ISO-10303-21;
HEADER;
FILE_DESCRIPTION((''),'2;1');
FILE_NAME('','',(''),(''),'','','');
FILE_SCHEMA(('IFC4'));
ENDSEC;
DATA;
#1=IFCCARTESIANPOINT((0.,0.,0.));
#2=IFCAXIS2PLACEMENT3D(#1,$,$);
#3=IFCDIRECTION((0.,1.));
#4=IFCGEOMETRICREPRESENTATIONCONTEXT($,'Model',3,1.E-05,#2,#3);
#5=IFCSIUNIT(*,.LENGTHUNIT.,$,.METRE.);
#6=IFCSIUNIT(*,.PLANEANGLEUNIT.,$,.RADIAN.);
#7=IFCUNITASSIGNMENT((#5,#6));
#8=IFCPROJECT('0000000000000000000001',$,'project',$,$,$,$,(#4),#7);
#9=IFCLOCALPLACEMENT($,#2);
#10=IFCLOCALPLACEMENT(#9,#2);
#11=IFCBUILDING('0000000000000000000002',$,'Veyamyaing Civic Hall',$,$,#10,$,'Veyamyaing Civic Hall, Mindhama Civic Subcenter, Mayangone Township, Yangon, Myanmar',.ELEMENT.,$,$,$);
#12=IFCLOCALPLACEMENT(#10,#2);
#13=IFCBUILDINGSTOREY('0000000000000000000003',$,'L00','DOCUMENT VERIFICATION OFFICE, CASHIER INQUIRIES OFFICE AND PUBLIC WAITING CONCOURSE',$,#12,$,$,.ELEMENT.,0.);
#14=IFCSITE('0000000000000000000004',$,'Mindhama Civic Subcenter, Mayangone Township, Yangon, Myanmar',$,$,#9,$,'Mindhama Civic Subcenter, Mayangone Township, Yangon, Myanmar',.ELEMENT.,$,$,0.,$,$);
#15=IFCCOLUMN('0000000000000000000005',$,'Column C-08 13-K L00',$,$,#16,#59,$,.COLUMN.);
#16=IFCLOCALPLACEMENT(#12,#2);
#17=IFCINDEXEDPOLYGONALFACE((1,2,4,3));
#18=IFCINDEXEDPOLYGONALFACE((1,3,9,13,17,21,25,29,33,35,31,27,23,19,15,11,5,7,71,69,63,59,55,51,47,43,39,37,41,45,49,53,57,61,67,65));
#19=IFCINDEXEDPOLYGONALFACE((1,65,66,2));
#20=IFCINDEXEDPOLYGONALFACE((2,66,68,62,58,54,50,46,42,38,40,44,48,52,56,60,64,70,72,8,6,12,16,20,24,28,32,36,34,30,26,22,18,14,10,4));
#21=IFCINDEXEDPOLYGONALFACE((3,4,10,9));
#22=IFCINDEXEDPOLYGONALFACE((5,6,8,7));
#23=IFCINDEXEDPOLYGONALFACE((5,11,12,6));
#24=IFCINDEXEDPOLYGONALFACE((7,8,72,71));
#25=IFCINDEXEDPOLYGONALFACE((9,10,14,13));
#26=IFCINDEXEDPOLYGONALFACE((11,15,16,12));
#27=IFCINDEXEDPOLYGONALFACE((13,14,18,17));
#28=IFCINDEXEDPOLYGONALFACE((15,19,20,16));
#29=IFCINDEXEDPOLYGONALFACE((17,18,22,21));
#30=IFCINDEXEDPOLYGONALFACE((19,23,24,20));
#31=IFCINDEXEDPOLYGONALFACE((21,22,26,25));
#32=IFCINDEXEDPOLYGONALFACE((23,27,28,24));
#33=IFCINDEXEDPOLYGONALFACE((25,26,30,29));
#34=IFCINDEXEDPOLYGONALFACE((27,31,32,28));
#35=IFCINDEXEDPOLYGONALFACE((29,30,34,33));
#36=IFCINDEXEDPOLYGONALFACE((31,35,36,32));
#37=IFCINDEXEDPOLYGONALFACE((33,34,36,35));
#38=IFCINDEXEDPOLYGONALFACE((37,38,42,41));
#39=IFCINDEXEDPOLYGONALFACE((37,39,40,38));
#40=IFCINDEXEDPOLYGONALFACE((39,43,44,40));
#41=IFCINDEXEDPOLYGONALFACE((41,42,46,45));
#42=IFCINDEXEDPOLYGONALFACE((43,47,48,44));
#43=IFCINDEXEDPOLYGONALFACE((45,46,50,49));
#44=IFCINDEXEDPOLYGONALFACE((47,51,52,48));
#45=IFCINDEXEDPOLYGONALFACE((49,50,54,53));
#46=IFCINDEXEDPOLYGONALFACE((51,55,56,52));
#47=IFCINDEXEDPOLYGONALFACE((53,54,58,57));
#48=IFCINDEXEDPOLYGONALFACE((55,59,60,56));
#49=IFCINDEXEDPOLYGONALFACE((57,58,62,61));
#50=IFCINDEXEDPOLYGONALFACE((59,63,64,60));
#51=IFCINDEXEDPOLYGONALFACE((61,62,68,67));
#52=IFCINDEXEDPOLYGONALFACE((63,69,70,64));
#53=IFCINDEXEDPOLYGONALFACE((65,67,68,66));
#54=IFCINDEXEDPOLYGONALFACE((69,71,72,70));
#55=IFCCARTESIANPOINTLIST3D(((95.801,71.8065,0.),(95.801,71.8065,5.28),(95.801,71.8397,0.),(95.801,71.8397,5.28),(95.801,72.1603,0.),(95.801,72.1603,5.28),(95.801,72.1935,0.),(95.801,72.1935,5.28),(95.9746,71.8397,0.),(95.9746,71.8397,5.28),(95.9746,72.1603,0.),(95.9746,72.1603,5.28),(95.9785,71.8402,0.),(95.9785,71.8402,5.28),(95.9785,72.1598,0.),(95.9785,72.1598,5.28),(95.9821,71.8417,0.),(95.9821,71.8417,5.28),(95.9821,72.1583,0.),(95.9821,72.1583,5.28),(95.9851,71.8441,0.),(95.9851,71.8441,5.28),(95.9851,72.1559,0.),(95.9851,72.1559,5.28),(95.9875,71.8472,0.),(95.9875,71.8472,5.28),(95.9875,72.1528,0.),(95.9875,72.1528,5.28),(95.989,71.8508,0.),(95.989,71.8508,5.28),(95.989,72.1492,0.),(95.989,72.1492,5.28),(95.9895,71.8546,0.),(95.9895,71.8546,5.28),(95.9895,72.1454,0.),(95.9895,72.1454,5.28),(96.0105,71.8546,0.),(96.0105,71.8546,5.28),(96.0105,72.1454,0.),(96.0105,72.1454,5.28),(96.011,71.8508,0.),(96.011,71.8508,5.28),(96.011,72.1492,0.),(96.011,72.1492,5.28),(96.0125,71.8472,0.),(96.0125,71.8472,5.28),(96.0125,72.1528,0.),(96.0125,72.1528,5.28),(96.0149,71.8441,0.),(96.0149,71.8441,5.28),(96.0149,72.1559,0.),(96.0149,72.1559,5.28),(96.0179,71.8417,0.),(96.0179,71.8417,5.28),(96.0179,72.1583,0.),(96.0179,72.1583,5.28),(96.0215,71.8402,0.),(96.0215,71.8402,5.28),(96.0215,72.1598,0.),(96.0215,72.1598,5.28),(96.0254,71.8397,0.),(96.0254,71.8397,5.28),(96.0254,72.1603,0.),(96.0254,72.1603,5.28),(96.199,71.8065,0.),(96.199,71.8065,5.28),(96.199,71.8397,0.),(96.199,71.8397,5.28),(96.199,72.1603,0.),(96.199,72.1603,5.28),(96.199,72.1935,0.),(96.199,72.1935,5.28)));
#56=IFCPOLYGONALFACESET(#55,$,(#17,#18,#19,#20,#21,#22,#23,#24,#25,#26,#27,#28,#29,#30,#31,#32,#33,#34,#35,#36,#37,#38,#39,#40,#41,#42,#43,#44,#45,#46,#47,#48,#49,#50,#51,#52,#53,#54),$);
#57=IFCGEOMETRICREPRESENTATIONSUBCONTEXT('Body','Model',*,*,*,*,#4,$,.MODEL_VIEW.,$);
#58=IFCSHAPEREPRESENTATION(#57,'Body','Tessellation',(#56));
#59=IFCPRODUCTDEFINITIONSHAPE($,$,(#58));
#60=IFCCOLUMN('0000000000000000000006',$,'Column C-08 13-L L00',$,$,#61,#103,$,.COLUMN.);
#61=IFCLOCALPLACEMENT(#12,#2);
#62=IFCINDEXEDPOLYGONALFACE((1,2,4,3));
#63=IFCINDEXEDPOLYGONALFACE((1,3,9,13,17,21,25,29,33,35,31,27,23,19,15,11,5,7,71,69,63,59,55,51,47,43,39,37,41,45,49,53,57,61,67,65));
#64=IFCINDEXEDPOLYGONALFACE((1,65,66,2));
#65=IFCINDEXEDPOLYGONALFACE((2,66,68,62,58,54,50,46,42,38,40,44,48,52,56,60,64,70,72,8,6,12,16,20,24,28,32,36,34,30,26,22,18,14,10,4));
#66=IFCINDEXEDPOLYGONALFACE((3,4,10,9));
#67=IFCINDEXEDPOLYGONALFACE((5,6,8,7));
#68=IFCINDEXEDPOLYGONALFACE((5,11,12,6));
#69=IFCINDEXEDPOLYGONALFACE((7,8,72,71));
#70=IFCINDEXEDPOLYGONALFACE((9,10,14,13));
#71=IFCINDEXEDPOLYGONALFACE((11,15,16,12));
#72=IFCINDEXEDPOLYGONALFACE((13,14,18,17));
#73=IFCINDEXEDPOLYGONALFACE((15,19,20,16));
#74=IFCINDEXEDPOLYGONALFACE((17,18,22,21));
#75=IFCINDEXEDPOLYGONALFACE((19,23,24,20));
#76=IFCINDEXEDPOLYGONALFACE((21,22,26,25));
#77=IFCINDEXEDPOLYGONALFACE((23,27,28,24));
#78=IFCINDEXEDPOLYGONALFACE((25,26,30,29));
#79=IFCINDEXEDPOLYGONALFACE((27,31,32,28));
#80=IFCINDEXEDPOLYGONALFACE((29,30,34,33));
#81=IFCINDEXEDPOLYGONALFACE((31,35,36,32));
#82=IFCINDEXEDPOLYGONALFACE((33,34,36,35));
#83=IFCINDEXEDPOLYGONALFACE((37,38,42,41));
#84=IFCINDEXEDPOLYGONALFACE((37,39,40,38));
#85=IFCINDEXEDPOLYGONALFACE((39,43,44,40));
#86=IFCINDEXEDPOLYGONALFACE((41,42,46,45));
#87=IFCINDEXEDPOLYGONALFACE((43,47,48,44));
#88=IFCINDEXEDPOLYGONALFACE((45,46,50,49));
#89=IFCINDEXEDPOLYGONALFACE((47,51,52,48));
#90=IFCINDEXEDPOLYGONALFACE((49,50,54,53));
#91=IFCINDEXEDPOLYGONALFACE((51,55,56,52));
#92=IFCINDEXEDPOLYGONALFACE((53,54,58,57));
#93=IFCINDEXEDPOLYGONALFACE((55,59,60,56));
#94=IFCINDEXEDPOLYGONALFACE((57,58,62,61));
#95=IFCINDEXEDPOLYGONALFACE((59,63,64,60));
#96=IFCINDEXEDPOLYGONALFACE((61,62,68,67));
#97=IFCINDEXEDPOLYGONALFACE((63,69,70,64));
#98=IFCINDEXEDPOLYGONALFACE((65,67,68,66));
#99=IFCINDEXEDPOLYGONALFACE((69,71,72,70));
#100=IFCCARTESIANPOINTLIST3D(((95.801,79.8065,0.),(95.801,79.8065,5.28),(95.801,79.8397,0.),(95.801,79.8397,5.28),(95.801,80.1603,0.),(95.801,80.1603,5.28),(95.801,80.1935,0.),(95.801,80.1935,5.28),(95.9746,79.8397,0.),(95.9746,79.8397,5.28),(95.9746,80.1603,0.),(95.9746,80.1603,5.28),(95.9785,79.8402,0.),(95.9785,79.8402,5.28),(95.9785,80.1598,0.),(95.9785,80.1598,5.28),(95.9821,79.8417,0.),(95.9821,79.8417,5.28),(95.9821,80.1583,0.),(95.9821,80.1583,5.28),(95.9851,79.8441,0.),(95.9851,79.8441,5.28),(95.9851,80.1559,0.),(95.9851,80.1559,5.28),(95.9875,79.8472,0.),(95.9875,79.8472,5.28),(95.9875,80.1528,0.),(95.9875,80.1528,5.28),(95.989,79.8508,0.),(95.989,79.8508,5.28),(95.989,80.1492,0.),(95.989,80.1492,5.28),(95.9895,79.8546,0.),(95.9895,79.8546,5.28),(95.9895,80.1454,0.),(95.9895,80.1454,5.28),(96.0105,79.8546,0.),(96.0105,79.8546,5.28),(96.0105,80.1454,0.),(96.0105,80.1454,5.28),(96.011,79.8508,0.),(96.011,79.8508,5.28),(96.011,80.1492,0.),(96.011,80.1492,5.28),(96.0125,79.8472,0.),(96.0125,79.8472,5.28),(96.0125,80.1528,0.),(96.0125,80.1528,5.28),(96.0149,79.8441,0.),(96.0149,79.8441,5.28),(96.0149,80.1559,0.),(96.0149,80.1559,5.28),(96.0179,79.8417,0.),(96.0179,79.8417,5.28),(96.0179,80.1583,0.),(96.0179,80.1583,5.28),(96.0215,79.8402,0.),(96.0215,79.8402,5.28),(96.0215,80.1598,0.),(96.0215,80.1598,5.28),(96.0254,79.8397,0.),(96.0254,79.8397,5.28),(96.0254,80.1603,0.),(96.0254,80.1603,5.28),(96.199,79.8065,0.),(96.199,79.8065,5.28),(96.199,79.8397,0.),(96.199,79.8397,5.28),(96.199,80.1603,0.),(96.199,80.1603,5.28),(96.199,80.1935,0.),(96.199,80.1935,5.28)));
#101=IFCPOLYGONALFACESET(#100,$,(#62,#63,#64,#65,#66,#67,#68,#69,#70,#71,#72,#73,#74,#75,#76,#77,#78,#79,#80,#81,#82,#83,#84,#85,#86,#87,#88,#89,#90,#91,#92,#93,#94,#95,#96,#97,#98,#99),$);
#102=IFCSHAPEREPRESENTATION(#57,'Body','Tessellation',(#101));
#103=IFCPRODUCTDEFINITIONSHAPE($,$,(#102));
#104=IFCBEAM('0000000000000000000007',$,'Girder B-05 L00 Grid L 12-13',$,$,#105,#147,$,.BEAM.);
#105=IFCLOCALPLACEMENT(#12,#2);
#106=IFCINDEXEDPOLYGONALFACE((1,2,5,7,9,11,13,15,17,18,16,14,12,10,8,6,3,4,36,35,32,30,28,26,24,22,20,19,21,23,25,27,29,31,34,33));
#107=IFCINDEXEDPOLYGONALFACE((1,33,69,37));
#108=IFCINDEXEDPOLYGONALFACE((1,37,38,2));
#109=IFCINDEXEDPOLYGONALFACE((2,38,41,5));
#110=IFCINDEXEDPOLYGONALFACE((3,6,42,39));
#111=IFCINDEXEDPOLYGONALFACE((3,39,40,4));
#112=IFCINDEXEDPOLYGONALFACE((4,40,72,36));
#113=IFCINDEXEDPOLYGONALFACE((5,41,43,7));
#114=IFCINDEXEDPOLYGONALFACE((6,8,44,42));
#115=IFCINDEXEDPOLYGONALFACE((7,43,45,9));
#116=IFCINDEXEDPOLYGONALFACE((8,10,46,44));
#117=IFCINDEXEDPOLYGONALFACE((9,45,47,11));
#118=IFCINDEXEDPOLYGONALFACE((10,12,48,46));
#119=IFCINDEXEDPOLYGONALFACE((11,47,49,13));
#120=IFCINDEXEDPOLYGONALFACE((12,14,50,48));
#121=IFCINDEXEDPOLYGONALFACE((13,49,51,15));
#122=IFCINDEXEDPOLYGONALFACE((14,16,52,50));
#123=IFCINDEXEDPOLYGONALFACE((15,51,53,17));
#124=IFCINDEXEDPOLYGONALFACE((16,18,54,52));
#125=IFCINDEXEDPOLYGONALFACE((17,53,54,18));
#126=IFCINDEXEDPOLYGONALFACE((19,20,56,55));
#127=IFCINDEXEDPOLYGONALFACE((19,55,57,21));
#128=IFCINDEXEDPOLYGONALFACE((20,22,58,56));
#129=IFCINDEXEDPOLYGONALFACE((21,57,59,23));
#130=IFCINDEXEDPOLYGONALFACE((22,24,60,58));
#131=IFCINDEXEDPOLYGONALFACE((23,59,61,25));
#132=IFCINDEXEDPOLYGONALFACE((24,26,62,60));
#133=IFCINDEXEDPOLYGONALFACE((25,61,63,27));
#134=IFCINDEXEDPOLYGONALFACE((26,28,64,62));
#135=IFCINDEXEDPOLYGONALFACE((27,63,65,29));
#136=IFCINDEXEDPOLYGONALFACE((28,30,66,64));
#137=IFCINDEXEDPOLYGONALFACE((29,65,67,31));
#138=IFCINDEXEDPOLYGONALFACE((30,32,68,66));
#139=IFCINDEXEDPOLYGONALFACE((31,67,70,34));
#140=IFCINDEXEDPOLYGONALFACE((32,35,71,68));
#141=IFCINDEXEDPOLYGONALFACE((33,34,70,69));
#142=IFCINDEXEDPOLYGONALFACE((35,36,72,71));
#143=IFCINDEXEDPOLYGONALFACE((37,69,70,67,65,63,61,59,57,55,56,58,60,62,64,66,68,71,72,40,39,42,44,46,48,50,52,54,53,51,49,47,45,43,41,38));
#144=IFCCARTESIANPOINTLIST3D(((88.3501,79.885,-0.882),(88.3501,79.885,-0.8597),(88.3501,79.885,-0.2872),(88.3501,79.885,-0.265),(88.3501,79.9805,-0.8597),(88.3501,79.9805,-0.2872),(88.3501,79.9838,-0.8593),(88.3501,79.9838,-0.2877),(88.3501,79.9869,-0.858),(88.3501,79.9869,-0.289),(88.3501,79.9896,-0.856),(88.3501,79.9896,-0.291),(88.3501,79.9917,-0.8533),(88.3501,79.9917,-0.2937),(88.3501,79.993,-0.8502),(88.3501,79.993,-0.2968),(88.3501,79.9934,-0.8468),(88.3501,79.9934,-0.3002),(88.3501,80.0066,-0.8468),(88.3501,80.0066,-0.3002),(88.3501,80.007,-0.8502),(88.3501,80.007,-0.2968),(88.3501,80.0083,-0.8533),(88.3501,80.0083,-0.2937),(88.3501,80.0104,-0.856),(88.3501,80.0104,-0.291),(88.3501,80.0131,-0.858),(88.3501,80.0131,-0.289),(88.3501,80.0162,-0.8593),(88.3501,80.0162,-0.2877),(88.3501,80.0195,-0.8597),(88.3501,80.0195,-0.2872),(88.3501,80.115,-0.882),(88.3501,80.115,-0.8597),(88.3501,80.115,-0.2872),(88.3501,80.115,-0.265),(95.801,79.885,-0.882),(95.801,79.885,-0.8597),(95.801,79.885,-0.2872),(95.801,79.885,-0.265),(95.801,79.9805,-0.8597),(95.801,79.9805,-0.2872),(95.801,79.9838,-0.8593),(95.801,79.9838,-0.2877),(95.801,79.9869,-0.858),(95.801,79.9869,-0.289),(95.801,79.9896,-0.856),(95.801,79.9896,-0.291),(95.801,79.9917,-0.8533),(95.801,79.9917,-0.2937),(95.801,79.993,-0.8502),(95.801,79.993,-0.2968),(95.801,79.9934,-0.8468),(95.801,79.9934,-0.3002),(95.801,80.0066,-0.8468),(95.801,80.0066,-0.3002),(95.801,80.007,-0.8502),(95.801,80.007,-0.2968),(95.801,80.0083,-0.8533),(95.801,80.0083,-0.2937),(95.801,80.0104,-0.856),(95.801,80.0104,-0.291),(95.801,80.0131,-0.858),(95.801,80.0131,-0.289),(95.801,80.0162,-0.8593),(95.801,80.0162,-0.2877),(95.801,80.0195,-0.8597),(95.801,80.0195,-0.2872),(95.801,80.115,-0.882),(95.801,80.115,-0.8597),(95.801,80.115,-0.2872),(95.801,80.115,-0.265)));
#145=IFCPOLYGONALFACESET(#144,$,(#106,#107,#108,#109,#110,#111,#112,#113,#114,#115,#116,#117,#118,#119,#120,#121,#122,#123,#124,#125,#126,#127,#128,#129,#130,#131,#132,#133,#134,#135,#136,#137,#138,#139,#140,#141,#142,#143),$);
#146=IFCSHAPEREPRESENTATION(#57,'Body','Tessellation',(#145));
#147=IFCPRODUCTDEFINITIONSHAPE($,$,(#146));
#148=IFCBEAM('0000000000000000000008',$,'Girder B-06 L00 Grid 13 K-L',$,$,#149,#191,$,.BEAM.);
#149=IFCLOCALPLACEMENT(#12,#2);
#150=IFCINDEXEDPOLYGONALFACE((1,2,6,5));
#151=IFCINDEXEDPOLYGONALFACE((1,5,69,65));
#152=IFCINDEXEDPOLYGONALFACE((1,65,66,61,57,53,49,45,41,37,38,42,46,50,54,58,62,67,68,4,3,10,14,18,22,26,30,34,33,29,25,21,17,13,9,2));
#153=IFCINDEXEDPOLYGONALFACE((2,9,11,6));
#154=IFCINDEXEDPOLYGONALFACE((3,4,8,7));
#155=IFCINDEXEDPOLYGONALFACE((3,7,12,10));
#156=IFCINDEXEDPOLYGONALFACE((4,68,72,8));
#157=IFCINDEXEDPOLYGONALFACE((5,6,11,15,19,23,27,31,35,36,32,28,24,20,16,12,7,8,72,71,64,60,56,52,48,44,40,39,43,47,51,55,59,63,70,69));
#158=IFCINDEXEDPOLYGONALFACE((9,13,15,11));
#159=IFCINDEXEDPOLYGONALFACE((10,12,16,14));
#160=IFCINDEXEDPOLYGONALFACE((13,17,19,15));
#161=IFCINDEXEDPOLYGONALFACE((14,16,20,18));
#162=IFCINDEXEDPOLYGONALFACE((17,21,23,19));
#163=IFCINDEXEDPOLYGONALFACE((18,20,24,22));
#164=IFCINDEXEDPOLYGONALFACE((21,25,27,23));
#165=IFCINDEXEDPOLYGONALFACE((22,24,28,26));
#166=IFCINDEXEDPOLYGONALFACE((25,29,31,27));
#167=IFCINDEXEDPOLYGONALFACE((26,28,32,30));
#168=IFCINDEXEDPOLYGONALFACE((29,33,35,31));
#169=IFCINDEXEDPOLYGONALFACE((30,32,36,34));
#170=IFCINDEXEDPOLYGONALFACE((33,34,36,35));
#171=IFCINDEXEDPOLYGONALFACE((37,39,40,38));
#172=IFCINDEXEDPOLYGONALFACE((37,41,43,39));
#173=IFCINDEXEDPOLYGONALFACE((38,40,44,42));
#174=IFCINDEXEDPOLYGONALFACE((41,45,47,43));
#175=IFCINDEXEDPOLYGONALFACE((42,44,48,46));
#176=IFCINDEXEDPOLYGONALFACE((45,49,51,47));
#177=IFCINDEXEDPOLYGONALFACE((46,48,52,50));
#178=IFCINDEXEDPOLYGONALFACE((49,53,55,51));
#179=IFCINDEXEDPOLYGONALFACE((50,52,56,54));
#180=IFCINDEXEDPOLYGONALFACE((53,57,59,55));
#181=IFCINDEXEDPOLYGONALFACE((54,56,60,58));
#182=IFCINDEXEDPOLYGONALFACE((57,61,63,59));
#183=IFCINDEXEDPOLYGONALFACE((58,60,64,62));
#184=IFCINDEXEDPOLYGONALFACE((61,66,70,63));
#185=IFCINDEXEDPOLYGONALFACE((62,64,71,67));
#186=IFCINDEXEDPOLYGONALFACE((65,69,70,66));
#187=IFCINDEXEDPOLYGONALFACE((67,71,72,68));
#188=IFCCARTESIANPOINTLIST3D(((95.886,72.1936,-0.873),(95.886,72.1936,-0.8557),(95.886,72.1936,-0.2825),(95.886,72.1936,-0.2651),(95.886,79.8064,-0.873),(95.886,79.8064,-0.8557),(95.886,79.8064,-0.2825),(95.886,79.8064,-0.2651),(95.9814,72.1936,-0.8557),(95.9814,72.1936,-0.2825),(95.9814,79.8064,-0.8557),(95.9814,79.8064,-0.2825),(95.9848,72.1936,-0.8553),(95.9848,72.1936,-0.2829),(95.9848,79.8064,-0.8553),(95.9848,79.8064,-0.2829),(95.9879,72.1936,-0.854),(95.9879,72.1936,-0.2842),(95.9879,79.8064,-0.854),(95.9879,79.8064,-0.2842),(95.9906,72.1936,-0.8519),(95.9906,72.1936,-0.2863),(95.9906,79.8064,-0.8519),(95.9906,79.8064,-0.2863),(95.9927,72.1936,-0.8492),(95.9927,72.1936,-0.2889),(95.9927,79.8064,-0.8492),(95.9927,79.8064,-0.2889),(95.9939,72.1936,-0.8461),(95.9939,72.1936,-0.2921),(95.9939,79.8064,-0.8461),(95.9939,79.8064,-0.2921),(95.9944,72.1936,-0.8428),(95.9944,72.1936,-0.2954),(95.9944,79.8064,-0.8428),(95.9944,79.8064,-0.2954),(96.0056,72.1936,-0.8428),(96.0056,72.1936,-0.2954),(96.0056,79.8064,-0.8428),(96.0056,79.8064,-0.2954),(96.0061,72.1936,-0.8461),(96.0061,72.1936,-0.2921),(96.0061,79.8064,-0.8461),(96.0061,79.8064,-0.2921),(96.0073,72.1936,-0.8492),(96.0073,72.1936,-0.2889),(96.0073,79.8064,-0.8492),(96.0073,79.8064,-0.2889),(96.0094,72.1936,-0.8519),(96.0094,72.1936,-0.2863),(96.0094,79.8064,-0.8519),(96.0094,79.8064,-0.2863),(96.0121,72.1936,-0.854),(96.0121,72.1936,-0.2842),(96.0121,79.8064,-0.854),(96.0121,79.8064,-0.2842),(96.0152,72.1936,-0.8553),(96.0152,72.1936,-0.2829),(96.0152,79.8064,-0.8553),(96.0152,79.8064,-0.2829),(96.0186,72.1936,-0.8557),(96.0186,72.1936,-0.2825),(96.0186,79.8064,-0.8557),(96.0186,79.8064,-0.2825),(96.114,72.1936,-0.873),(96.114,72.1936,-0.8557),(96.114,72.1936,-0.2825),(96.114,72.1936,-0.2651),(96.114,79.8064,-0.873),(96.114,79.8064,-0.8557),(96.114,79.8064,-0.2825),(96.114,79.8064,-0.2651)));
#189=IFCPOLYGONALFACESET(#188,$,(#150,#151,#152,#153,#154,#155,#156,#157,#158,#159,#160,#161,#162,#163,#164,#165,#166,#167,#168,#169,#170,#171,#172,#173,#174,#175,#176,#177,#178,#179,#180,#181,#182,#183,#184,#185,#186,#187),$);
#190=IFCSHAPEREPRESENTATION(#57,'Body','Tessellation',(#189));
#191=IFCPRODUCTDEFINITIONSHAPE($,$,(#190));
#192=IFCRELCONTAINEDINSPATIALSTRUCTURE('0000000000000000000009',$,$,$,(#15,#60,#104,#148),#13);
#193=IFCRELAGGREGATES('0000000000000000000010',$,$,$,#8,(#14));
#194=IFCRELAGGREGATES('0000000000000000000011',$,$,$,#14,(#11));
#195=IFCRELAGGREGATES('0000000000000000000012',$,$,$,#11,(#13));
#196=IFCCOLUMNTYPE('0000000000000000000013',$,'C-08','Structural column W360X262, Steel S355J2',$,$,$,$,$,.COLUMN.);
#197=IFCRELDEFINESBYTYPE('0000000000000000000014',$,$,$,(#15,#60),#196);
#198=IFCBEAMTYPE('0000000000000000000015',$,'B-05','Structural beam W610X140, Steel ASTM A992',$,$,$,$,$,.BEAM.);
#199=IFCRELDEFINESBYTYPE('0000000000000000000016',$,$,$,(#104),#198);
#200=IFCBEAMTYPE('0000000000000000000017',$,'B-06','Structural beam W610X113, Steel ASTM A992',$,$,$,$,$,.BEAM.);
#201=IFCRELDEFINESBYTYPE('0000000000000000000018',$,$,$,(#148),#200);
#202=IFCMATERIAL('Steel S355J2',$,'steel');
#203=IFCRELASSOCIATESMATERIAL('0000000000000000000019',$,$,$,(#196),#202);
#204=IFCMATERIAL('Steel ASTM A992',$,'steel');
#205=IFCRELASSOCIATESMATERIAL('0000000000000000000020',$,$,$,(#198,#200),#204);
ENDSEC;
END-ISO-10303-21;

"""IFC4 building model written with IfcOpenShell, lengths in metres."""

from ifc_helpers import new_model, si_unit, direction, frame, origin, origin_2d, place, context, subcontext, project, spatial, i_section, extrude, material, material_profile, profile_set, type_object, element, save


model = new_model("IFC4")

# Units and contexts
model_context = context("Model", 3, precision=1e-05, world=origin(), true_north=direction((0.0, 1.0)))
body_context = subcontext(model_context, "Body", "Model", "MODEL_VIEW")
ifc_project = project(units=[si_unit("LENGTHUNIT", "METRE"), si_unit("PLANEANGLEUNIT", "RADIAN")], contexts=[model_context])

# Site, building, storey
site_placement = place(None, origin())
site = spatial("IfcSite", under=ifc_project, at=site_placement, Name="Mindhama Civic Subcenter, Mayangone Township, Yangon, Myanmar", LongName="Mindhama Civic Subcenter, Mayangone Township, Yangon, Myanmar", CompositionType="ELEMENT", RefElevation=0.0)
building_placement = place(site_placement, origin())
building = spatial("IfcBuilding", under=site, at=building_placement, Name="Veyamyaing Civic Hall", LongName="Veyamyaing Civic Hall, Mindhama Civic Subcenter, Mayangone Township, Yangon, Myanmar", CompositionType="ELEMENT")
storey_placement = place(building_placement, origin())
storey = spatial("IfcBuildingStorey", under=building, at=storey_placement, Name="L00", Description="DOCUMENT VERIFICATION OFFICE, CASHIER INQUIRIES OFFICE AND PUBLIC WAITING CONCOURSE", CompositionType="ELEMENT", Elevation=0.0)

# Columns
ifc_material_1 = material(Name="Steel S355J2", Category="steel")
ifc_material_profile_1 = material_profile(ifc_material_1, i_section(OverallWidth=0.3979, OverallDepth=0.387, WebThickness=0.021, FlangeThickness=0.0332, FilletRadius=0.0149, at=origin_2d()), Name="W360X262")
ifc_profile_set_1 = profile_set([ifc_material_profile_1], Name="Steel S355J2")
column_type = type_object("IfcColumnType", Name="C-08", Description="Structural column W360X262, Steel S355J2", PredefinedType="COLUMN", material=ifc_profile_set_1)
for number, where, z_axis, x_axis, name in (
    (1, (96.0, 72.0, 0.0), (0.0, 0.0, 1.0), (1.0, 0.0, 0.0), "Column C-08 13-K L00"),
    (2, (96.0, 80.0, 0.0), (0.0, 0.0, 1.0), (1.0, 0.0, 0.0), "Column C-08 13-L L00"),
):
    element("IfcColumn", number, at=place(storey_placement, frame(where, z_axis=z_axis, x_axis=x_axis)), inside=storey, type_object=column_type, Name=name, PredefinedType="COLUMN", context=body_context, shape_type="SweptSolid", body=[
        extrude(i_section(OverallWidth=0.3979, OverallDepth=0.387, WebThickness=0.021, FlangeThickness=0.0332, FilletRadius=0.0149, at=origin_2d()), origin(), (0.0, 0.0, 1.0), 5.28),
    ])

# Beams
ifc_material_2 = material(Name="Steel ASTM A992", Category="steel")
ifc_material_profile_2 = material_profile(ifc_material_2, i_section(OverallWidth=0.23, OverallDepth=0.6169, WebThickness=0.0132, FlangeThickness=0.0222, FilletRadius=0.0129, at=origin_2d()), Name="W610X140")
ifc_profile_set_2 = profile_set([ifc_material_profile_2], Name="Steel ASTM A992")
beam_type_1 = type_object("IfcBeamType", Name="B-05", Description="Structural beam W610X140, Steel ASTM A992", PredefinedType="BEAM", material=ifc_profile_set_2)
beam_1_placement = place(storey_placement, frame((88.3501, 80.0, -0.5735), z_axis=(1.0, 0.0, 0.0), x_axis=(0.0, 1.0, 0.0)))
element("IfcBeam", 3, at=beam_1_placement, inside=storey, type_object=beam_type_1, Name="Girder B-05 L00 Grid L 12-13", PredefinedType="BEAM", context=body_context, shape_type="SweptSolid", body=[
    extrude(i_section(OverallWidth=0.23, OverallDepth=0.6169, WebThickness=0.0132, FlangeThickness=0.0222, FilletRadius=0.0129, at=origin_2d()), origin(), (0.0, 0.0, 1.0), 7.4509),
])
ifc_material_profile_3 = material_profile(ifc_material_2, i_section(OverallWidth=0.228, OverallDepth=0.6079, WebThickness=0.0112, FlangeThickness=0.0173, FilletRadius=0.0129, at=origin_2d()), Name="W610X113")
ifc_profile_set_3 = profile_set([ifc_material_profile_3], Name="Steel ASTM A992")
beam_type_2 = type_object("IfcBeamType", Name="B-06", Description="Structural beam W610X113, Steel ASTM A992", PredefinedType="BEAM", material=ifc_profile_set_3)
beam_2_placement = place(storey_placement, frame((96.0, 72.1936, -0.5691), z_axis=(0.0, 1.0, 0.0), x_axis=(-1.0, 0.0, 0.0)))
element("IfcBeam", 4, at=beam_2_placement, inside=storey, type_object=beam_type_2, Name="Girder B-06 L00 Grid 13 K-L", PredefinedType="BEAM", context=body_context, shape_type="SweptSolid", body=[
    extrude(i_section(OverallWidth=0.228, OverallDepth=0.6079, WebThickness=0.0112, FlangeThickness=0.0173, FilletRadius=0.0129, at=origin_2d()), origin(), (0.0, 0.0, 1.0), 7.6128),
])

save(model, "model.ifc")
